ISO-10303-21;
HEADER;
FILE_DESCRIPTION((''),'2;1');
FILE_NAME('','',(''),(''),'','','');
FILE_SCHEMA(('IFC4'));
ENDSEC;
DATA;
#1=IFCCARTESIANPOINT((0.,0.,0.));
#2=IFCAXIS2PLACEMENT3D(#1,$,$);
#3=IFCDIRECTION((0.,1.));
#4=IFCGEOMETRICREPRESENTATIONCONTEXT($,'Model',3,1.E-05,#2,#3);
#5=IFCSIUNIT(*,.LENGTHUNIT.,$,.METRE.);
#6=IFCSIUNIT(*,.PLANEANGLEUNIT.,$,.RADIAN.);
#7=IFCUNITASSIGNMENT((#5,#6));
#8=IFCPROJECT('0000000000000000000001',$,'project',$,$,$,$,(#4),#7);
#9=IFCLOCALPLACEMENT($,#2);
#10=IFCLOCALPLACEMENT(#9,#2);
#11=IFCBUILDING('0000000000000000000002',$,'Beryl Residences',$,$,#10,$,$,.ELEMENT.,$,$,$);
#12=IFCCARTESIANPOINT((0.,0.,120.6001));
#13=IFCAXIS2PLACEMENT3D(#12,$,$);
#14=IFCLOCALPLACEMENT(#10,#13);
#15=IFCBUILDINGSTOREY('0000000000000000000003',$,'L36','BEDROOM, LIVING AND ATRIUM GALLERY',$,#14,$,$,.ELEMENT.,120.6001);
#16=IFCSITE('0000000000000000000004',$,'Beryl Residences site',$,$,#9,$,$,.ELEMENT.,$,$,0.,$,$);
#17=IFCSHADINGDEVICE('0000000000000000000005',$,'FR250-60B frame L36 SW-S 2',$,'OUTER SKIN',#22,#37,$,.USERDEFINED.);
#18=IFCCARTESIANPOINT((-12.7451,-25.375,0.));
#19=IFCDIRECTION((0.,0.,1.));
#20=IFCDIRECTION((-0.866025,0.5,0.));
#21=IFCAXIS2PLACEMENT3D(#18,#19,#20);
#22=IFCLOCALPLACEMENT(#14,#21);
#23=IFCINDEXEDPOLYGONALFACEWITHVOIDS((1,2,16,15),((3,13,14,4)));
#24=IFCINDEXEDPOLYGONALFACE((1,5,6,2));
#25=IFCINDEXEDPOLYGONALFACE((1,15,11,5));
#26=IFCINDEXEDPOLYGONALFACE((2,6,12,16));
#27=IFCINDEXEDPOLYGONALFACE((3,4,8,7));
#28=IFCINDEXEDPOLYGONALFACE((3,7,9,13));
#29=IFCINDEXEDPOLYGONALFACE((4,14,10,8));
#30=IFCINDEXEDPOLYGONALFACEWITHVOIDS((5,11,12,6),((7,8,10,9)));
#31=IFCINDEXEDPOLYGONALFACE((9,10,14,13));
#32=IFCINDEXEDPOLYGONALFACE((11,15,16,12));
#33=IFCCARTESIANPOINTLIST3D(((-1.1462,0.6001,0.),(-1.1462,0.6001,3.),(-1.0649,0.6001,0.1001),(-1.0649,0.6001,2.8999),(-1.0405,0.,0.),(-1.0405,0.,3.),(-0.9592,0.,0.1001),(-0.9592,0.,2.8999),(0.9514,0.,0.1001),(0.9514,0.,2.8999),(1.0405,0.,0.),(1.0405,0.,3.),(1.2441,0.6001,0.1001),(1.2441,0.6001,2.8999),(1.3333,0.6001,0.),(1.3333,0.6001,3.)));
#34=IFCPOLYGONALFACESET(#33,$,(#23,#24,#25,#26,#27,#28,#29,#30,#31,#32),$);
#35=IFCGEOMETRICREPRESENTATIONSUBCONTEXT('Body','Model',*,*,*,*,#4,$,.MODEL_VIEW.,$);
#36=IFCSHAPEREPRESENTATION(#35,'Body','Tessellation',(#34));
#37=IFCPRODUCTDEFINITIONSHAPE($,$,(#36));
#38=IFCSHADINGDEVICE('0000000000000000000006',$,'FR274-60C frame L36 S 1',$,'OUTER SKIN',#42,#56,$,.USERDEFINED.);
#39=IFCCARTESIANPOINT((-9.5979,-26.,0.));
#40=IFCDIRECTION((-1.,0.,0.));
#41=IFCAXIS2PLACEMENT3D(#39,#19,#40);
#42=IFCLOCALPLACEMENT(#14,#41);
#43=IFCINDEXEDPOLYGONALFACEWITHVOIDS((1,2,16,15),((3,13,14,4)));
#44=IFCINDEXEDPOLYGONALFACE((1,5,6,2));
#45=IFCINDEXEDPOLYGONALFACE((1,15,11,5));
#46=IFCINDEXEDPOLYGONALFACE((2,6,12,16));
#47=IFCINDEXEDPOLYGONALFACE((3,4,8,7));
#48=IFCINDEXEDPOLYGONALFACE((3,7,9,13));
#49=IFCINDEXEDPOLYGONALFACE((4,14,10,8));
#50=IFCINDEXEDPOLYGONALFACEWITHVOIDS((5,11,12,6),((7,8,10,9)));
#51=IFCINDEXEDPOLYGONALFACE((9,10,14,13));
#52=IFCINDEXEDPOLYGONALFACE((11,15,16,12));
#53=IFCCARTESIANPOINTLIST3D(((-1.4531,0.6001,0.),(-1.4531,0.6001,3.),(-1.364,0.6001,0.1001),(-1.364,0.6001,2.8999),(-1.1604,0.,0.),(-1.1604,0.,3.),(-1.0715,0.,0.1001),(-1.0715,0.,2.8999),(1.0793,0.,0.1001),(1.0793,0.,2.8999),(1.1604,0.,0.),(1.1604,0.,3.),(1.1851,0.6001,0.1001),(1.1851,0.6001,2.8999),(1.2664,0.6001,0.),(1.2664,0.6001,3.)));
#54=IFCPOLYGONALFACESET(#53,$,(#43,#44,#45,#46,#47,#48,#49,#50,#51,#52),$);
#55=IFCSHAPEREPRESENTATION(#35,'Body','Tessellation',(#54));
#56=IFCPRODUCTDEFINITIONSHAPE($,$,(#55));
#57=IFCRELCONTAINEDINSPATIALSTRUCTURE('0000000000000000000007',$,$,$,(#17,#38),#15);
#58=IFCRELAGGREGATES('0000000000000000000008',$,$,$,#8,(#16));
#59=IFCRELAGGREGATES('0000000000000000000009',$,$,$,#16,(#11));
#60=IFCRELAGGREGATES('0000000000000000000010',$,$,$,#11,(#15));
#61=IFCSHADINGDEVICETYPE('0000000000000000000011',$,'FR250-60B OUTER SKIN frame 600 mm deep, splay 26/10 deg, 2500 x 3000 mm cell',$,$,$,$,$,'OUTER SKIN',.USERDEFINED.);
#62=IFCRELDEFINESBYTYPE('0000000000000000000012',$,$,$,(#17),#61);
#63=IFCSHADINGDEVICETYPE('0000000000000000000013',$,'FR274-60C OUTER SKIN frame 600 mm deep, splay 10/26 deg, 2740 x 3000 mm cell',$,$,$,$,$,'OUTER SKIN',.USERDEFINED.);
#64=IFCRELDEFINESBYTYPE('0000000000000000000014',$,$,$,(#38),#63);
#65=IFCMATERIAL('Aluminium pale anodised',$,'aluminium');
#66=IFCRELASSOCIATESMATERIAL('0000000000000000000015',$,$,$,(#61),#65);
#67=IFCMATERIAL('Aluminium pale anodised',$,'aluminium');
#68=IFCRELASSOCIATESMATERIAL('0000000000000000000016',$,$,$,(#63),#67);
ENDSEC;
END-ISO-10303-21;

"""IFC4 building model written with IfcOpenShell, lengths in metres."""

from ifc_helpers import new_model, entity, si_unit, direction, frame, origin, place, context, subcontext, project, spatial, source, transform, mapped, material, type_object, type_shapes, element, save


model = new_model("IFC4")

# Units and contexts
model_context = context("Model", 3, precision=1e-05, world=origin(), true_north=direction((0.0, 1.0)))
body_context = subcontext(model_context, "Body", "Model", "MODEL_VIEW")
ifc_project = project(units=[si_unit("LENGTHUNIT", "METRE"), si_unit("PLANEANGLEUNIT", "RADIAN")], contexts=[model_context])

# Site, building, storey
site_placement = place(None, origin())
site = spatial("IfcSite", under=ifc_project, at=site_placement, Name="Beryl Residences site", CompositionType="ELEMENT", RefElevation=0.0)
building_placement = place(site_placement, origin())
building = spatial("IfcBuilding", under=site, at=building_placement, Name="Beryl Residences", CompositionType="ELEMENT")
storey_placement = place(building_placement, frame((0.0, 0.0, 120.6001)))
storey = spatial("IfcBuildingStorey", under=building, at=storey_placement, Name="L36", Description="BEDROOM, LIVING AND ATRIUM GALLERY", CompositionType="ELEMENT", Elevation=120.6001)

# Shading devices
ifc_material_1 = material(Name="Aluminium pale anodised", Category="aluminium")
shading_device_type_1 = type_object("IfcShadingDeviceType", Name="FR250-60B OUTER SKIN frame 600 mm deep, splay 26/10 deg, 2500 x 3000 mm cell", ElementType="OUTER SKIN", PredefinedType="USERDEFINED", material=ifc_material_1)
cartesian_point_1 = entity("IfcCartesianPoint", [-1.0405, 0.0])
cartesian_point_2 = entity("IfcCartesianPoint", [-0.9514, 0.1001])
cartesian_point_3 = entity("IfcCartesianPoint", [-1.3333, 0.0])
cartesian_point_4 = entity("IfcCartesianPoint", [-1.2441, 0.1001])
shared_shape_1 = source(origin(), body_context, "Body", "SweptSolid", [
    entity("IfcExtrudedAreaSolidTapered", entity("IfcArbitraryProfileDefWithVoids", "AREA", None, entity("IfcPolyline", [cartesian_point_1, entity("IfcCartesianPoint", [1.0405, 0.0]), entity("IfcCartesianPoint", [1.0405, 3.0]), entity("IfcCartesianPoint", [-1.0405, 3.0]), cartesian_point_1]), [entity("IfcPolyline", [cartesian_point_2, entity("IfcCartesianPoint", [0.9592, 0.1001]), entity("IfcCartesianPoint", [0.9592, 2.8999]), entity("IfcCartesianPoint", [-0.9514, 2.8999]), cartesian_point_2])]), entity("IfcAxis2Placement3D", entity("IfcCartesianPoint", [0.0, 0.0, 0.0]), entity("IfcDirection", [0.0, 1.0, 0.0]), entity("IfcDirection", [-1.0, 0.0, 0.0])), entity("IfcDirection", [0.0, 0.0, 1.0]), 0.6001, entity("IfcArbitraryProfileDefWithVoids", "AREA", None, entity("IfcPolyline", [cartesian_point_3, entity("IfcCartesianPoint", [1.1462, 0.0]), entity("IfcCartesianPoint", [1.1462, 3.0]), entity("IfcCartesianPoint", [-1.3333, 3.0]), cartesian_point_3]), [entity("IfcPolyline", [cartesian_point_4, entity("IfcCartesianPoint", [1.0649, 0.1001]), entity("IfcCartesianPoint", [1.0649, 2.8999]), entity("IfcCartesianPoint", [-1.2441, 2.8999]), cartesian_point_4])])),
])
type_shapes(shading_device_type_1, [shared_shape_1])
shading_device_1_placement = place(storey_placement, frame((-12.7451, -25.375, 0.0), z_axis=(0.0, 0.0, 1.0), x_axis=(-0.866025, 0.5, 0.0)))
element("IfcShadingDevice", 1, at=shading_device_1_placement, inside=storey, type_object=shading_device_type_1, Name="FR250-60B frame L36 SW-S 2", ObjectType="OUTER SKIN", PredefinedType="USERDEFINED", context=body_context, shape_type="MappedRepresentation", body=[
    mapped(shared_shape_1, transform((0.0, 0.0, 0.0))),
])
ifc_material_2 = material(Name="Aluminium pale anodised", Category="aluminium")
shading_device_type_2 = type_object("IfcShadingDeviceType", Name="FR274-60C OUTER SKIN frame 600 mm deep, splay 10/26 deg, 2740 x 3000 mm cell", ElementType="OUTER SKIN", PredefinedType="USERDEFINED", material=ifc_material_2)
cartesian_point_5 = entity("IfcCartesianPoint", [-1.1604, 0.0])
cartesian_point_6 = entity("IfcCartesianPoint", [-1.0793, 0.1001])
cartesian_point_7 = entity("IfcCartesianPoint", [-1.2664, 0.0])
cartesian_point_8 = entity("IfcCartesianPoint", [-1.1851, 0.1001])
shared_shape_2 = source(origin(), body_context, "Body", "SweptSolid", [
    entity("IfcExtrudedAreaSolidTapered", entity("IfcArbitraryProfileDefWithVoids", "AREA", None, entity("IfcPolyline", [cartesian_point_5, entity("IfcCartesianPoint", [1.1604, 0.0]), entity("IfcCartesianPoint", [1.1604, 3.0]), entity("IfcCartesianPoint", [-1.1604, 3.0]), cartesian_point_5]), [entity("IfcPolyline", [cartesian_point_6, entity("IfcCartesianPoint", [1.0715, 0.1001]), entity("IfcCartesianPoint", [1.0715, 2.8999]), entity("IfcCartesianPoint", [-1.0793, 2.8999]), cartesian_point_6])]), entity("IfcAxis2Placement3D", entity("IfcCartesianPoint", [0.0, 0.0, 0.0]), entity("IfcDirection", [0.0, 1.0, 0.0]), entity("IfcDirection", [-1.0, 0.0, 0.0])), entity("IfcDirection", [0.0, 0.0, 1.0]), 0.6001, entity("IfcArbitraryProfileDefWithVoids", "AREA", None, entity("IfcPolyline", [cartesian_point_7, entity("IfcCartesianPoint", [1.4531, 0.0]), entity("IfcCartesianPoint", [1.4531, 3.0]), entity("IfcCartesianPoint", [-1.2664, 3.0]), cartesian_point_7]), [entity("IfcPolyline", [cartesian_point_8, entity("IfcCartesianPoint", [1.364, 0.1001]), entity("IfcCartesianPoint", [1.364, 2.8999]), entity("IfcCartesianPoint", [-1.1851, 2.8999]), cartesian_point_8])])),
])
type_shapes(shading_device_type_2, [shared_shape_2])
shading_device_2_placement = place(storey_placement, frame((-9.5979, -26.0, 0.0), z_axis=(0.0, 0.0, 1.0), x_axis=(-1.0, 0.0, 0.0)))
element("IfcShadingDevice", 2, at=shading_device_2_placement, inside=storey, type_object=shading_device_type_2, Name="FR274-60C frame L36 S 1", ObjectType="OUTER SKIN", PredefinedType="USERDEFINED", context=body_context, shape_type="MappedRepresentation", body=[
    mapped(shared_shape_2, transform((0.0, 0.0, 0.0))),
])

save(model, "model.ifc")
